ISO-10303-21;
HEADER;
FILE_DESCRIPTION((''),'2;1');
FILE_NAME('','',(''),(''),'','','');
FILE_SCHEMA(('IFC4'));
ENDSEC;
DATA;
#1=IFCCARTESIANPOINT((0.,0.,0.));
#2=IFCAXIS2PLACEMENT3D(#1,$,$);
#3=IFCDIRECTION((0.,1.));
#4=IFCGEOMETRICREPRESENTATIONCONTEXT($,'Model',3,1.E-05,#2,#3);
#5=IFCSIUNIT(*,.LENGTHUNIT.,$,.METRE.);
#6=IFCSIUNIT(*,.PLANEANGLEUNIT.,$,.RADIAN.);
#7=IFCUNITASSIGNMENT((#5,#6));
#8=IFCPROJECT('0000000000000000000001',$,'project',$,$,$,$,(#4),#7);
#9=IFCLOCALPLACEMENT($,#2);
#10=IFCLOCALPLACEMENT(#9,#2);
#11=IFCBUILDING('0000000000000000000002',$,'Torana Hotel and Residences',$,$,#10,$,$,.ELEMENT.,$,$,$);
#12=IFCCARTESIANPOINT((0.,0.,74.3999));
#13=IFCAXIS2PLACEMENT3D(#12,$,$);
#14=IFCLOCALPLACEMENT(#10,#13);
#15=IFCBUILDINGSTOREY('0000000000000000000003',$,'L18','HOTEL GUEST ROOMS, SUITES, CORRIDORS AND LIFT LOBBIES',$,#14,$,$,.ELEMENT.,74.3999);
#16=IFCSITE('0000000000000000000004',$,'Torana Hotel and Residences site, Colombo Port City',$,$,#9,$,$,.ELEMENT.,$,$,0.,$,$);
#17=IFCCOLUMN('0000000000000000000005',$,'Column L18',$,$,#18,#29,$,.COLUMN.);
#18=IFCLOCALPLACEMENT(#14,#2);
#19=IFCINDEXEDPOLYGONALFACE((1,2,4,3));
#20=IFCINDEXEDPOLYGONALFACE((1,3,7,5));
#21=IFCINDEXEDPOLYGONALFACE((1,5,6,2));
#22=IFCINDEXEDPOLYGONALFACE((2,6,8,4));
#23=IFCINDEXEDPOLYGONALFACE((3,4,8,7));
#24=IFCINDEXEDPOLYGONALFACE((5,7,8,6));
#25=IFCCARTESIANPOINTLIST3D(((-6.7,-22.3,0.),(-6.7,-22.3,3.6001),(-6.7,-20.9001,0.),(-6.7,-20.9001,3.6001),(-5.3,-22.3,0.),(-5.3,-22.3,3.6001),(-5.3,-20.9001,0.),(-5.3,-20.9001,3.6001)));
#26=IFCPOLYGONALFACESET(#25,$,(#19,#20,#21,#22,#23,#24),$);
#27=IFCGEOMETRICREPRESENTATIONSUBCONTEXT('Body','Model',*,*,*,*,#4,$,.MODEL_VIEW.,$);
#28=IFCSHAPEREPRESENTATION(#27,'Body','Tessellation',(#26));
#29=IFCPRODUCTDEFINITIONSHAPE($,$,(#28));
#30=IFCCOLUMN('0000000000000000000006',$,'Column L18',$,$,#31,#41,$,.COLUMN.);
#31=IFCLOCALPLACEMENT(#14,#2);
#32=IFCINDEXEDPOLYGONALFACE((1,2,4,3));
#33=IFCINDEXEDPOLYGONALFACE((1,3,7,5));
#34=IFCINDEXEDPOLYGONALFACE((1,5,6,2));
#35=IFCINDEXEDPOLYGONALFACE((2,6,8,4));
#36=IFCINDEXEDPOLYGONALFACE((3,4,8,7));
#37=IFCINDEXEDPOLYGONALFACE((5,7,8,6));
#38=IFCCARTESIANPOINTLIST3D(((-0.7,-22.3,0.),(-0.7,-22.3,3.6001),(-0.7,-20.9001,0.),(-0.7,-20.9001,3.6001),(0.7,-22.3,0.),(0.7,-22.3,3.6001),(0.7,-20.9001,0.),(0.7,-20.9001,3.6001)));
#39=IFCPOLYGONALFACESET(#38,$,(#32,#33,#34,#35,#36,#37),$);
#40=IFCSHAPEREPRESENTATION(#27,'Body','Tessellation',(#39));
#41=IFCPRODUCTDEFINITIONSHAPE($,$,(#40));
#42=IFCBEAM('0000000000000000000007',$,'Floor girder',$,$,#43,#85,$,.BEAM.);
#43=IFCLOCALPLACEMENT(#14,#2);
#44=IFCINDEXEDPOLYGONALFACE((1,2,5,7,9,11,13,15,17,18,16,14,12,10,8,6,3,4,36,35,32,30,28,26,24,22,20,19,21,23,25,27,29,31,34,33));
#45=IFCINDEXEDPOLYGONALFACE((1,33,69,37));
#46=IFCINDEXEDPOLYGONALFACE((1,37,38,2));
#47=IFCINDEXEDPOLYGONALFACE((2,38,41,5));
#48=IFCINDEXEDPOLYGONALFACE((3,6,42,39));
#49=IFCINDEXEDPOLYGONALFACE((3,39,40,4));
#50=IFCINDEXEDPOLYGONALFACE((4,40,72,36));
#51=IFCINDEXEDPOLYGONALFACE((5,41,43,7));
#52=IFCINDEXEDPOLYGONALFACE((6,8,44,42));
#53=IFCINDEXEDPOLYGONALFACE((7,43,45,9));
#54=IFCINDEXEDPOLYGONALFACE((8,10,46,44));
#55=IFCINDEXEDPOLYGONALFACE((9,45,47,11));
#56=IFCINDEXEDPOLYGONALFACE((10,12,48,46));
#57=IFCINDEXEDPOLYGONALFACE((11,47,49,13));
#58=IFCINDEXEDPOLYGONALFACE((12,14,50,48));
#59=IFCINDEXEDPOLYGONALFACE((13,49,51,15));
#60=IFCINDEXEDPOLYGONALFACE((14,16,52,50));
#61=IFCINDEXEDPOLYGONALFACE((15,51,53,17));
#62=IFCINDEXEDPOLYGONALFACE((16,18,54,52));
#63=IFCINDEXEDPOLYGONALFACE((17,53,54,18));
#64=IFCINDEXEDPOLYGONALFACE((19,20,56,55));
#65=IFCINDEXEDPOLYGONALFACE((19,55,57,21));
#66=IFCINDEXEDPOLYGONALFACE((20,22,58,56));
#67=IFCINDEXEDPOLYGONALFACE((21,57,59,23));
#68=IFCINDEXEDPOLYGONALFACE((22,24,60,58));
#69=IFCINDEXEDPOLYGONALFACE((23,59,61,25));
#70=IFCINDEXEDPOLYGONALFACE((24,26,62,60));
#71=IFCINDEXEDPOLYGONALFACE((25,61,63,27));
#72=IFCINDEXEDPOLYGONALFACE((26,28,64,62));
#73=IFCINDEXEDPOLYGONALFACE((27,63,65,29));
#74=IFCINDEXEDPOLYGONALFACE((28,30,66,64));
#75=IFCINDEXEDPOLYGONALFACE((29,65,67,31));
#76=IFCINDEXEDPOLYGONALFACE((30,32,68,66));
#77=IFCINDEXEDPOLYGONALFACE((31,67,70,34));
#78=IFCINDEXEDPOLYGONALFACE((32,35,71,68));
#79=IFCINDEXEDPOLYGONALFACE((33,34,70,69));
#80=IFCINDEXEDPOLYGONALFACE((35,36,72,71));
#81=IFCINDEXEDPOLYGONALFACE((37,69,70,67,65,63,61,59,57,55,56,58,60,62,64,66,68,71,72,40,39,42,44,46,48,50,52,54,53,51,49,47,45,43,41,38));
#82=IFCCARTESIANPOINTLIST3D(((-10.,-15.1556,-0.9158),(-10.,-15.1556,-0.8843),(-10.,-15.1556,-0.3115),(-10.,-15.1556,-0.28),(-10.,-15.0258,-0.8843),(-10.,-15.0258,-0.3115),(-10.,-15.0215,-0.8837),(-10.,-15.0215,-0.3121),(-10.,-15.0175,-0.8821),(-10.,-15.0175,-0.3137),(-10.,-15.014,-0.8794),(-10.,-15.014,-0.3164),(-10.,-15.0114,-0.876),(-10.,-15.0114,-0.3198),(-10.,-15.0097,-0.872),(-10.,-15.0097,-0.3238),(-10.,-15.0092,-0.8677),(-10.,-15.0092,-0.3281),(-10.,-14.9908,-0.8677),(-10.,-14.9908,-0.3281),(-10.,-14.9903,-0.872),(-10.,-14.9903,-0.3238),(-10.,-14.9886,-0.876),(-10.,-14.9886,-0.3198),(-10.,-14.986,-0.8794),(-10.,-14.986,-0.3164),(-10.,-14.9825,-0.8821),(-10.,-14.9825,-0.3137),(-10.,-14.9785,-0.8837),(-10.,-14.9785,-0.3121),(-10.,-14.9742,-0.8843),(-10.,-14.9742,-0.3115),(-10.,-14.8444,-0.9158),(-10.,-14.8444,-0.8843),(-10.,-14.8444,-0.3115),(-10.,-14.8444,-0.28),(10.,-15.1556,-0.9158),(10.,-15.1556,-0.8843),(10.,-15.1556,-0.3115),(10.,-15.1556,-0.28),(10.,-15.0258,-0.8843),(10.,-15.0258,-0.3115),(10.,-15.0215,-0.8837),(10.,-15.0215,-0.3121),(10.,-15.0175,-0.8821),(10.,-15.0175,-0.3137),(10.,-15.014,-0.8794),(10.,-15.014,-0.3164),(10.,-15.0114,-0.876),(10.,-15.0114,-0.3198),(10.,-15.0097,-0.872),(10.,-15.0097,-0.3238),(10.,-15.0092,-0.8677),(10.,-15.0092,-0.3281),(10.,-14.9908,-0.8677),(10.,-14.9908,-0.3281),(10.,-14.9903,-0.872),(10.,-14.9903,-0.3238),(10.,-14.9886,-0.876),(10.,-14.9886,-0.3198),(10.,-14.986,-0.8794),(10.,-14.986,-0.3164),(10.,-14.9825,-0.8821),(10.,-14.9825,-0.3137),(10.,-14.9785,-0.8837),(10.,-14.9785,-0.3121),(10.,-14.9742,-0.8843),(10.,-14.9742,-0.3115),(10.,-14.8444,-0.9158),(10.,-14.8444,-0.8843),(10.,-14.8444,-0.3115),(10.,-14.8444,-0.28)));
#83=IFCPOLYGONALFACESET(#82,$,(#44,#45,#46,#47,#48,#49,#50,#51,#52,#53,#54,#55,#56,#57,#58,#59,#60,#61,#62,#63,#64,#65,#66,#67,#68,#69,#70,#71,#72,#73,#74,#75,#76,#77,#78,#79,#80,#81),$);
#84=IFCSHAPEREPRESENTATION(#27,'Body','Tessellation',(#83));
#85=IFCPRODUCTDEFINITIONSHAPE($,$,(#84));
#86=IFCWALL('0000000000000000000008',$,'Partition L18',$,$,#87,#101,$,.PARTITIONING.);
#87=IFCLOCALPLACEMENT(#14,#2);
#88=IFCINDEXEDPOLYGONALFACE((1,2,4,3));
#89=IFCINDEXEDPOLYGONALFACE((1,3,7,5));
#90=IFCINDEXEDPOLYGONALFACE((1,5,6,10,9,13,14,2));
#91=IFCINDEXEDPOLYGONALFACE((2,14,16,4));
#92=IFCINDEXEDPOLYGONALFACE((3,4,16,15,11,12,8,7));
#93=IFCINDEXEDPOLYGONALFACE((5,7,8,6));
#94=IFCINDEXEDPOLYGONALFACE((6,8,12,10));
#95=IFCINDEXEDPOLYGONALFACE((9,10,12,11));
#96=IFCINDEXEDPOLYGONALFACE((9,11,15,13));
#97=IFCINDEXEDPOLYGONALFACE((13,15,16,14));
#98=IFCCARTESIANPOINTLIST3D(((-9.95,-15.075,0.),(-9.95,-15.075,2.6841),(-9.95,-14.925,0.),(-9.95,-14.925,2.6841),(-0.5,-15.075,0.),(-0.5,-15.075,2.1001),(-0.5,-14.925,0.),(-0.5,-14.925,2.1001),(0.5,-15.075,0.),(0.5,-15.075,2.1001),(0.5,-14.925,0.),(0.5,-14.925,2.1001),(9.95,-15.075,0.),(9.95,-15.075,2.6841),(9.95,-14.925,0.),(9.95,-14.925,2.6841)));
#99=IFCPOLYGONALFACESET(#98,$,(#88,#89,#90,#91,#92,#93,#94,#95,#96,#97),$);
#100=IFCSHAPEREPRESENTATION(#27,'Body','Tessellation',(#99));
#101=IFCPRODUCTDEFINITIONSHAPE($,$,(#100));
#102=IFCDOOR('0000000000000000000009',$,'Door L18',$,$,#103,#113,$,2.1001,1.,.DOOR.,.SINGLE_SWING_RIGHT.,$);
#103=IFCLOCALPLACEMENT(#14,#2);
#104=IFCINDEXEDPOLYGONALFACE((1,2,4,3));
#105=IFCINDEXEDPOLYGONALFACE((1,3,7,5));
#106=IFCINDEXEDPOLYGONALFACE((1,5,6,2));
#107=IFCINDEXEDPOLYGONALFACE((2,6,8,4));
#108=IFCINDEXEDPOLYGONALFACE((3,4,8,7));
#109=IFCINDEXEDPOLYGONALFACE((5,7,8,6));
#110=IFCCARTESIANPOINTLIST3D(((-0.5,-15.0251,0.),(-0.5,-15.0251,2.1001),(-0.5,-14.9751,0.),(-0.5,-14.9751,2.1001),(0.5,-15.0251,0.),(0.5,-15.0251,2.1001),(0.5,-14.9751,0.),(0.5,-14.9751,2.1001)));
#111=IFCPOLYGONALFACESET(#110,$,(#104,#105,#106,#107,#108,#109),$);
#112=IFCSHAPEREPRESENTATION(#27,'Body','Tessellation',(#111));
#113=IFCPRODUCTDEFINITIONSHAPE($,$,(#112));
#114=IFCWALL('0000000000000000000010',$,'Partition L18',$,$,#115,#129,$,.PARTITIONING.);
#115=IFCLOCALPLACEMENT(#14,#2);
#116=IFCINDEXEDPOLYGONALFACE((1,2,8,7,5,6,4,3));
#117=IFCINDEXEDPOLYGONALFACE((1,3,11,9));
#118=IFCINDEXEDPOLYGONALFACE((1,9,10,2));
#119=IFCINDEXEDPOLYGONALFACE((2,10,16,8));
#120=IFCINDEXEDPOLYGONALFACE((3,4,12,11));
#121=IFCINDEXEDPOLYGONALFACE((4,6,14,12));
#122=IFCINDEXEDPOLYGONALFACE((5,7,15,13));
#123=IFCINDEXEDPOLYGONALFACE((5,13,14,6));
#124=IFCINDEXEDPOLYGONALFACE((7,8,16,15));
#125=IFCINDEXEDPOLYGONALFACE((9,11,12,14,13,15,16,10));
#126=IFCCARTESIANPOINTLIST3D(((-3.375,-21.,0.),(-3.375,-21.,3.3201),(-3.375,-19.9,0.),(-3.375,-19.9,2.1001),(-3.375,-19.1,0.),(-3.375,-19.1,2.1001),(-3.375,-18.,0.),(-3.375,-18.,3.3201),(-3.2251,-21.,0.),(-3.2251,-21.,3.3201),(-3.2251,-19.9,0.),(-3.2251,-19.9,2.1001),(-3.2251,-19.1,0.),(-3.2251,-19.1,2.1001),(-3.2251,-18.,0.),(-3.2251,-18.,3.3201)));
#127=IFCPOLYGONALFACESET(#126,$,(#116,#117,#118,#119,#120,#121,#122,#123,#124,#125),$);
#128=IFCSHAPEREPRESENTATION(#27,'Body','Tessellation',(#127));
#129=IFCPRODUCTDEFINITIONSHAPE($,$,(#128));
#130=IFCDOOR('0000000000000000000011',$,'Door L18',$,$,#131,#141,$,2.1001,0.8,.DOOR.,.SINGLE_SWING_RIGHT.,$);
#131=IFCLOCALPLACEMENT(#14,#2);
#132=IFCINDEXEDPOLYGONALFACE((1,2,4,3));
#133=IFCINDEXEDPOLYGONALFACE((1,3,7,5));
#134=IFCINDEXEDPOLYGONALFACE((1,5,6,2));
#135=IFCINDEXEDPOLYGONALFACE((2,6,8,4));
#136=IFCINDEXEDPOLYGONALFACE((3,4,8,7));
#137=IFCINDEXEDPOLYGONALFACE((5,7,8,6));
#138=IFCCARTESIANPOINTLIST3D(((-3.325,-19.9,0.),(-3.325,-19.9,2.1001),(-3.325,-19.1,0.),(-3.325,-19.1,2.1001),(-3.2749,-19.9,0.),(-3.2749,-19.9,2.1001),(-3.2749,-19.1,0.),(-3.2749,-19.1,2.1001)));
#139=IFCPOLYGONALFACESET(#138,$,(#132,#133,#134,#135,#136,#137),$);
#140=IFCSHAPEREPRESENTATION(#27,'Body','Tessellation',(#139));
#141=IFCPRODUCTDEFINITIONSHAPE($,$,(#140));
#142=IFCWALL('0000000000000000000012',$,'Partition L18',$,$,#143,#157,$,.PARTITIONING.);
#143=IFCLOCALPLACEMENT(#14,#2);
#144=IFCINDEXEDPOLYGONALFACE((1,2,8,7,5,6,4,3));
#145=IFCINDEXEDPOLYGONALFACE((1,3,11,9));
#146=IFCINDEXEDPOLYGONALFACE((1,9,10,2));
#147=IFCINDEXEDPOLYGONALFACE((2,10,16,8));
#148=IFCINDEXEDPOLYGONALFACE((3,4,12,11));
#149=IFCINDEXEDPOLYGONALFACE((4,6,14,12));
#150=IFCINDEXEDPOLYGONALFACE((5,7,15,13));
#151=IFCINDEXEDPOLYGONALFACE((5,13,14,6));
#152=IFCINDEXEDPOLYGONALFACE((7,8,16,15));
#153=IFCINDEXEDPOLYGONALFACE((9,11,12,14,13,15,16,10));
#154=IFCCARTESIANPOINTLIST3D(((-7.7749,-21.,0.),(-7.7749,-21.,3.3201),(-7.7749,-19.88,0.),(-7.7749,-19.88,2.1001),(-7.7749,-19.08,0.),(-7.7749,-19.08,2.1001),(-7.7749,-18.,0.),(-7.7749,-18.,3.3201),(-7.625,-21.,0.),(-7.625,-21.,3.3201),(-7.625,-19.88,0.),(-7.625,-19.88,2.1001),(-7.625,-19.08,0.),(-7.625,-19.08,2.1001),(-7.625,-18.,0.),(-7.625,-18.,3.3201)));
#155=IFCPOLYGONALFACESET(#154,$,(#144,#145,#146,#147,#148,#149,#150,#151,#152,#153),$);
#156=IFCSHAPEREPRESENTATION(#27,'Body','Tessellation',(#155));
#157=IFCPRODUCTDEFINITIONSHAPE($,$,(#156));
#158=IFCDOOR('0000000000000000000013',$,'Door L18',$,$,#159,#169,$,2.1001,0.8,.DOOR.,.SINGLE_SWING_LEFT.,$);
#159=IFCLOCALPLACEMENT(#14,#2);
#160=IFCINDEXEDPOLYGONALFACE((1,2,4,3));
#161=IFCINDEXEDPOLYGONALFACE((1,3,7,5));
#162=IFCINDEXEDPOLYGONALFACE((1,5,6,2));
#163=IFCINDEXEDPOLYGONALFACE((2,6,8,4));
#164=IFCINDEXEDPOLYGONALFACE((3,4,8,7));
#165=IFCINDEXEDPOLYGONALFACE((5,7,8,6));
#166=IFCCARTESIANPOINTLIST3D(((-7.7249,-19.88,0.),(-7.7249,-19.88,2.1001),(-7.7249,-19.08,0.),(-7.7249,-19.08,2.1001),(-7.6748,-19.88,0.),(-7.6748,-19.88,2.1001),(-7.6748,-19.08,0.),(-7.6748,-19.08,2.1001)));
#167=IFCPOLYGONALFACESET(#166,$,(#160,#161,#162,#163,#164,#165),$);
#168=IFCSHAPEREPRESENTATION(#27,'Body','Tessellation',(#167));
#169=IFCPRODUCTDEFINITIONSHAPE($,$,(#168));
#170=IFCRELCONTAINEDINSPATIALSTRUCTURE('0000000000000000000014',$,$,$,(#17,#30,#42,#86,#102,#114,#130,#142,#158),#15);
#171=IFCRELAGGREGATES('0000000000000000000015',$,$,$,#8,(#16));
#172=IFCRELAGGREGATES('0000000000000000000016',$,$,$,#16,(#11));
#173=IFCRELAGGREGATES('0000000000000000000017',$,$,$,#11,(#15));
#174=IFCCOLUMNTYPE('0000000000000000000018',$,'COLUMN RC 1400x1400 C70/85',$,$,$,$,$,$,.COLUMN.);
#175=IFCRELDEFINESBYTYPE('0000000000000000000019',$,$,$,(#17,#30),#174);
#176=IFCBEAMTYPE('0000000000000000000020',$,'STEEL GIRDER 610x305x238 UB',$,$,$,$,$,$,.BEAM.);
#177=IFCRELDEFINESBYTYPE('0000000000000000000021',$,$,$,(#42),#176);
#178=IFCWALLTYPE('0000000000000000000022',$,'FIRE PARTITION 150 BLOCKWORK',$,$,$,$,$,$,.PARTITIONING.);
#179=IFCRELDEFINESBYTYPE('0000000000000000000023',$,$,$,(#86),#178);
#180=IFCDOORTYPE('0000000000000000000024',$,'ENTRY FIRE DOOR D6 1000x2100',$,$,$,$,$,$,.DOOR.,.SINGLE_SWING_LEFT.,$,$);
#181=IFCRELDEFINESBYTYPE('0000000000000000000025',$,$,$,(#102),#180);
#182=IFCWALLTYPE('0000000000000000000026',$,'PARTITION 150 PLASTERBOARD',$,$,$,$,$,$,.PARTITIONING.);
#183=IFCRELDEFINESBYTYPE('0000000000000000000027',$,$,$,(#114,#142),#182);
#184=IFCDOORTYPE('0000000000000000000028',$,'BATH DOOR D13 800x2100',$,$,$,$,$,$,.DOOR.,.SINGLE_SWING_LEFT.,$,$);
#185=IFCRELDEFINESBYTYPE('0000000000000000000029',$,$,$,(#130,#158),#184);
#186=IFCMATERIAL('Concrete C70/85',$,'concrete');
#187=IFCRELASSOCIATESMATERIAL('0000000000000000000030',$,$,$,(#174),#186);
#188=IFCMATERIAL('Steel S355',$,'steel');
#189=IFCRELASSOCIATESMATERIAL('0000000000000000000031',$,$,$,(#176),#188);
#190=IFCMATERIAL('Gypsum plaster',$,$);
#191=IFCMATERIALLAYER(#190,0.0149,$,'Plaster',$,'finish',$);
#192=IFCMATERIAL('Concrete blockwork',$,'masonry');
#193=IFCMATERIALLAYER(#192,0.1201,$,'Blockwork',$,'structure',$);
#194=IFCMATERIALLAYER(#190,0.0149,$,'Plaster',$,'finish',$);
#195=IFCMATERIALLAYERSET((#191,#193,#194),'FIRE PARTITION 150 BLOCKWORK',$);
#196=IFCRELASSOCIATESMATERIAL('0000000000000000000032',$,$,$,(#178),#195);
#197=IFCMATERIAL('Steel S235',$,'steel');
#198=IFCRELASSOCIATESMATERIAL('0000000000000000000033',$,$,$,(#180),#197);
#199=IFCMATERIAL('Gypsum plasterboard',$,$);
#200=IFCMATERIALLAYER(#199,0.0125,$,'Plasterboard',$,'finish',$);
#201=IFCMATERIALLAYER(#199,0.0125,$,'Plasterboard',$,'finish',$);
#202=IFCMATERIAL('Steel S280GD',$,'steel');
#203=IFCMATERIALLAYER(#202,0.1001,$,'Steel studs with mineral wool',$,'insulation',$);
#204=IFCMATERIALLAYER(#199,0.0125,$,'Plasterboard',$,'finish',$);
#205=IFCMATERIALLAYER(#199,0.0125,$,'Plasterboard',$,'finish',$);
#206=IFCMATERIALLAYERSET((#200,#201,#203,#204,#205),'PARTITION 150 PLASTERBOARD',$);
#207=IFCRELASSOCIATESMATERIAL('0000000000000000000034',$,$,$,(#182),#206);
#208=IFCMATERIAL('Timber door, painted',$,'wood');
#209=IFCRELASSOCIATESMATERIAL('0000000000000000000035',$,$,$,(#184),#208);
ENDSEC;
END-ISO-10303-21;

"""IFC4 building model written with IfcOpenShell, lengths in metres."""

from ifc_helpers import new_model, si_unit, direction, frame, frame_2d, origin, origin_2d, place, context, subcontext, project, spatial, rectangle, i_section, extrude, material, layer, layer_set, material_profile, profile_set, type_object, element, fill, save


model = new_model("IFC4")

# Units and contexts
model_context = context("Model", 3, precision=1e-05, world=origin(), true_north=direction((0.0, 1.0)))
body_context = subcontext(model_context, "Body", "Model", "MODEL_VIEW")
ifc_project = project(units=[si_unit("LENGTHUNIT", "METRE"), si_unit("PLANEANGLEUNIT", "RADIAN")], contexts=[model_context])

# Site, building, storey
site_placement = place(None, origin())
site = spatial("IfcSite", under=ifc_project, at=site_placement, Name="Torana Hotel and Residences site, Colombo Port City", CompositionType="ELEMENT", RefElevation=0.0)
building_placement = place(site_placement, origin())
building = spatial("IfcBuilding", under=site, at=building_placement, Name="Torana Hotel and Residences", CompositionType="ELEMENT")
storey_placement = place(building_placement, frame((0.0, 0.0, 74.3999)))
storey = spatial("IfcBuildingStorey", under=building, at=storey_placement, Name="L18", Description="HOTEL GUEST ROOMS, SUITES, CORRIDORS AND LIFT LOBBIES", CompositionType="ELEMENT", Elevation=74.3999)

# Columns
ifc_material_1 = material(Name="Concrete C70/85", Category="concrete")
ifc_material_profile_1 = material_profile(ifc_material_1, rectangle(XDim=1.3999, YDim=1.3999, at=origin_2d()), Name="RC 1400x1400")
ifc_profile_set_1 = profile_set([ifc_material_profile_1], Name="Concrete C70/85")
column_type = type_object("IfcColumnType", Name="COLUMN RC 1400x1400 C70/85", PredefinedType="COLUMN", material=ifc_profile_set_1)
for number, where, z_axis, x_axis, name in (
    (1, (-6.0, -21.6001, 0.0), (0.0, 0.0, 1.0), (1.0, 0.0, 0.0), "Column L18"),
    (2, (0.0, -21.6001, 0.0), (0.0, 0.0, 1.0), (1.0, 0.0, 0.0), "Column L18"),
):
    element("IfcColumn", number, at=place(storey_placement, frame(where, z_axis=z_axis, x_axis=x_axis)), inside=storey, type_object=column_type, Name=name, PredefinedType="COLUMN", context=body_context, shape_type="SweptSolid", body=[
        extrude(rectangle(XDim=1.3999, YDim=1.3999, at=origin_2d()), origin(), (0.0, 0.0, 1.0), 3.6001),
    ])

# Beam
ifc_material_2 = material(Name="Steel S355", Category="steel")
ifc_material_profile_2 = material_profile(ifc_material_2, i_section(OverallWidth=0.3113, OverallDepth=0.6357, WebThickness=0.0183, FlangeThickness=0.0315, FilletRadius=0.0166, at=origin_2d()), Name="610x305x238 UB")
ifc_profile_set_2 = profile_set([ifc_material_profile_2], Name="Steel S355")
beam_type = type_object("IfcBeamType", Name="STEEL GIRDER 610x305x238 UB", PredefinedType="BEAM", material=ifc_profile_set_2)
beam_placement = place(storey_placement, frame((-10.0, -15.0, -0.5979), z_axis=(1.0, 0.0, 0.0), x_axis=(0.0, 1.0, 0.0)))
element("IfcBeam", 3, at=beam_placement, inside=storey, type_object=beam_type, Name="Floor girder", PredefinedType="BEAM", context=body_context, shape_type="SweptSolid", body=[
    extrude(i_section(OverallWidth=0.3113, OverallDepth=0.6357, WebThickness=0.0183, FlangeThickness=0.0315, FilletRadius=0.0166, at=origin_2d()), origin(), (0.0, 0.0, 1.0), 20.0),
])

# Walls, openings, doors
ifc_material_3 = material(Name="Gypsum plaster")
ifc_layer_1 = layer(ifc_material_3, 0.0149, Name="Plaster", Category="finish")
ifc_material_4 = material(Name="Concrete blockwork", Category="masonry")
ifc_layer_2 = layer(ifc_material_4, 0.1201, Name="Blockwork", Category="structure")
ifc_layer_3 = layer(ifc_material_3, 0.0149, Name="Plaster", Category="finish")
ifc_layer_set_1 = layer_set([ifc_layer_1, ifc_layer_2, ifc_layer_3], Name="FIRE PARTITION 150 BLOCKWORK")
wall_type_1 = type_object("IfcWallType", Name="FIRE PARTITION 150 BLOCKWORK", PredefinedType="PARTITIONING", material=ifc_layer_set_1)
wall_1_placement = place(storey_placement, frame((-9.95, -15.0, 0.0), z_axis=(0.0, 0.0, 1.0), x_axis=(1.0, 0.0, 0.0)))
wall_1 = element("IfcWall", 4, at=wall_1_placement, inside=storey, type_object=wall_type_1, Name="Partition L18", PredefinedType="PARTITIONING", context=body_context, shape_type="SweptSolid", body=[
    extrude(rectangle(XDim=19.8999, YDim=0.1499, at=frame_2d((9.95, 0.0))), origin(), (0.0, 0.0, 1.0), 2.6841),
])
opening_1_placement = place(wall_1_placement, frame((9.45, 0.0, 0.0)))
opening_1 = element("IfcOpeningElement", 5, at=opening_1_placement, cuts=wall_1, PredefinedType="OPENING", context=body_context, shape_type="SweptSolid", body=[
    extrude(rectangle(XDim=1.0, YDim=2.1001, at=frame_2d((0.5, 1.05))), frame((0.0, 0.085, 0.0), z_axis=(0.0, -1.0, 0.0), x_axis=(1.0, 0.0, 0.0)), (0.0, 0.0, 1.0), 0.1699),
])
ifc_material_5 = material(Name="Steel S235", Category="steel")
door_type_1 = type_object("IfcDoorType", Name="ENTRY FIRE DOOR D6 1000x2100", OperationType="SINGLE_SWING_LEFT", PredefinedType="DOOR", material=ifc_material_5)
door_1_placement = place(opening_1_placement, origin())
door_1 = element("IfcDoor", 6, at=door_1_placement, inside=storey, type_object=door_type_1, Name="Door L18", OperationType="SINGLE_SWING_RIGHT", OverallHeight=2.1001, OverallWidth=1.0, PredefinedType="DOOR", context=body_context, shape_type="SweptSolid", body=[
    extrude(rectangle(XDim=1.0, YDim=2.1001, at=frame_2d((0.5, 1.05))), frame((0.0, 0.0249, 0.0), z_axis=(0.0, -1.0, 0.0), x_axis=(1.0, 0.0, 0.0)), (0.0, 0.0, 1.0), 0.05),
])
fill(opening_1, door_1)
ifc_material_6 = material(Name="Gypsum plasterboard")
ifc_layer_4 = layer(ifc_material_6, 0.0125, Name="Plasterboard", Category="finish")
ifc_layer_5 = layer(ifc_material_6, 0.0125, Name="Plasterboard", Category="finish")
ifc_material_7 = material(Name="Steel S280GD", Category="steel")
ifc_layer_6 = layer(ifc_material_7, 0.1001, Name="Steel studs with mineral wool", Category="insulation")
ifc_layer_7 = layer(ifc_material_6, 0.0125, Name="Plasterboard", Category="finish")
ifc_layer_8 = layer(ifc_material_6, 0.0125, Name="Plasterboard", Category="finish")
ifc_layer_set_2 = layer_set([ifc_layer_4, ifc_layer_5, ifc_layer_6, ifc_layer_7, ifc_layer_8], Name="PARTITION 150 PLASTERBOARD")
wall_type_2 = type_object("IfcWallType", Name="PARTITION 150 PLASTERBOARD", PredefinedType="PARTITIONING", material=ifc_layer_set_2)
wall_2_placement = place(storey_placement, frame((-3.3, -21.0, 0.0), z_axis=(0.0, 0.0, 1.0), x_axis=(0.0, 1.0, 0.0)))
wall_2 = element("IfcWall", 7, at=wall_2_placement, inside=storey, type_object=wall_type_2, Name="Partition L18", PredefinedType="PARTITIONING", context=body_context, shape_type="SweptSolid", body=[
    extrude(rectangle(XDim=3.0, YDim=0.1499, at=frame_2d((1.5, 0.0))), origin(), (0.0, 0.0, 1.0), 3.3201),
])
opening_2_placement = place(wall_2_placement, frame((1.1001, 0.0, 0.0)))
opening_2 = element("IfcOpeningElement", 8, at=opening_2_placement, cuts=wall_2, PredefinedType="OPENING", context=body_context, shape_type="SweptSolid", body=[
    extrude(rectangle(XDim=0.8, YDim=2.1001, at=frame_2d((0.3999, 1.05))), frame((0.0, 0.085, 0.0), z_axis=(0.0, -1.0, 0.0), x_axis=(1.0, 0.0, 0.0)), (0.0, 0.0, 1.0), 0.1699),
])
ifc_material_8 = material(Name="Timber door, painted", Category="wood")
door_type_2 = type_object("IfcDoorType", Name="BATH DOOR D13 800x2100", OperationType="SINGLE_SWING_LEFT", PredefinedType="DOOR", material=ifc_material_8)
door_2_placement = place(opening_2_placement, origin())
door_2 = element("IfcDoor", 9, at=door_2_placement, inside=storey, type_object=door_type_2, Name="Door L18", OperationType="SINGLE_SWING_RIGHT", OverallHeight=2.1001, OverallWidth=0.8, PredefinedType="DOOR", context=body_context, shape_type="SweptSolid", body=[
    extrude(rectangle(XDim=0.8, YDim=2.1001, at=frame_2d((0.3999, 1.05))), frame((0.0, 0.0249, 0.0), z_axis=(0.0, -1.0, 0.0), x_axis=(1.0, 0.0, 0.0)), (0.0, 0.0, 1.0), 0.05),
])
fill(opening_2, door_2)
wall_3_placement = place(storey_placement, frame((-7.7, -21.0, 0.0), z_axis=(0.0, 0.0, 1.0), x_axis=(0.0, 1.0, 0.0)))
wall_3 = element("IfcWall", 10, at=wall_3_placement, inside=storey, type_object=wall_type_2, Name="Partition L18", PredefinedType="PARTITIONING", context=body_context, shape_type="SweptSolid", body=[
    extrude(rectangle(XDim=3.0, YDim=0.1499, at=frame_2d((1.5, 0.0))), origin(), (0.0, 0.0, 1.0), 3.3201),
])
opening_3_placement = place(wall_3_placement, frame((1.1201, 0.0, 0.0)))
opening_3 = element("IfcOpeningElement", 11, at=opening_3_placement, cuts=wall_3, PredefinedType="OPENING", context=body_context, shape_type="SweptSolid", body=[
    extrude(rectangle(XDim=0.8, YDim=2.1001, at=frame_2d((0.3999, 1.05))), frame((0.0, 0.085, 0.0), z_axis=(0.0, -1.0, 0.0), x_axis=(1.0, 0.0, 0.0)), (0.0, 0.0, 1.0), 0.1699),
])
door_3_placement = place(opening_3_placement, origin())
door_3 = element("IfcDoor", 12, at=door_3_placement, inside=storey, type_object=door_type_2, Name="Door L18", OperationType="SINGLE_SWING_LEFT", OverallHeight=2.1001, OverallWidth=0.8, PredefinedType="DOOR", context=body_context, shape_type="SweptSolid", body=[
    extrude(rectangle(XDim=0.8, YDim=2.1001, at=frame_2d((0.3999, 1.05))), frame((0.0, 0.0249, 0.0), z_axis=(0.0, -1.0, 0.0), x_axis=(1.0, 0.0, 0.0)), (0.0, 0.0, 1.0), 0.05),
])
fill(opening_3, door_3)

save(model, "model.ifc")
